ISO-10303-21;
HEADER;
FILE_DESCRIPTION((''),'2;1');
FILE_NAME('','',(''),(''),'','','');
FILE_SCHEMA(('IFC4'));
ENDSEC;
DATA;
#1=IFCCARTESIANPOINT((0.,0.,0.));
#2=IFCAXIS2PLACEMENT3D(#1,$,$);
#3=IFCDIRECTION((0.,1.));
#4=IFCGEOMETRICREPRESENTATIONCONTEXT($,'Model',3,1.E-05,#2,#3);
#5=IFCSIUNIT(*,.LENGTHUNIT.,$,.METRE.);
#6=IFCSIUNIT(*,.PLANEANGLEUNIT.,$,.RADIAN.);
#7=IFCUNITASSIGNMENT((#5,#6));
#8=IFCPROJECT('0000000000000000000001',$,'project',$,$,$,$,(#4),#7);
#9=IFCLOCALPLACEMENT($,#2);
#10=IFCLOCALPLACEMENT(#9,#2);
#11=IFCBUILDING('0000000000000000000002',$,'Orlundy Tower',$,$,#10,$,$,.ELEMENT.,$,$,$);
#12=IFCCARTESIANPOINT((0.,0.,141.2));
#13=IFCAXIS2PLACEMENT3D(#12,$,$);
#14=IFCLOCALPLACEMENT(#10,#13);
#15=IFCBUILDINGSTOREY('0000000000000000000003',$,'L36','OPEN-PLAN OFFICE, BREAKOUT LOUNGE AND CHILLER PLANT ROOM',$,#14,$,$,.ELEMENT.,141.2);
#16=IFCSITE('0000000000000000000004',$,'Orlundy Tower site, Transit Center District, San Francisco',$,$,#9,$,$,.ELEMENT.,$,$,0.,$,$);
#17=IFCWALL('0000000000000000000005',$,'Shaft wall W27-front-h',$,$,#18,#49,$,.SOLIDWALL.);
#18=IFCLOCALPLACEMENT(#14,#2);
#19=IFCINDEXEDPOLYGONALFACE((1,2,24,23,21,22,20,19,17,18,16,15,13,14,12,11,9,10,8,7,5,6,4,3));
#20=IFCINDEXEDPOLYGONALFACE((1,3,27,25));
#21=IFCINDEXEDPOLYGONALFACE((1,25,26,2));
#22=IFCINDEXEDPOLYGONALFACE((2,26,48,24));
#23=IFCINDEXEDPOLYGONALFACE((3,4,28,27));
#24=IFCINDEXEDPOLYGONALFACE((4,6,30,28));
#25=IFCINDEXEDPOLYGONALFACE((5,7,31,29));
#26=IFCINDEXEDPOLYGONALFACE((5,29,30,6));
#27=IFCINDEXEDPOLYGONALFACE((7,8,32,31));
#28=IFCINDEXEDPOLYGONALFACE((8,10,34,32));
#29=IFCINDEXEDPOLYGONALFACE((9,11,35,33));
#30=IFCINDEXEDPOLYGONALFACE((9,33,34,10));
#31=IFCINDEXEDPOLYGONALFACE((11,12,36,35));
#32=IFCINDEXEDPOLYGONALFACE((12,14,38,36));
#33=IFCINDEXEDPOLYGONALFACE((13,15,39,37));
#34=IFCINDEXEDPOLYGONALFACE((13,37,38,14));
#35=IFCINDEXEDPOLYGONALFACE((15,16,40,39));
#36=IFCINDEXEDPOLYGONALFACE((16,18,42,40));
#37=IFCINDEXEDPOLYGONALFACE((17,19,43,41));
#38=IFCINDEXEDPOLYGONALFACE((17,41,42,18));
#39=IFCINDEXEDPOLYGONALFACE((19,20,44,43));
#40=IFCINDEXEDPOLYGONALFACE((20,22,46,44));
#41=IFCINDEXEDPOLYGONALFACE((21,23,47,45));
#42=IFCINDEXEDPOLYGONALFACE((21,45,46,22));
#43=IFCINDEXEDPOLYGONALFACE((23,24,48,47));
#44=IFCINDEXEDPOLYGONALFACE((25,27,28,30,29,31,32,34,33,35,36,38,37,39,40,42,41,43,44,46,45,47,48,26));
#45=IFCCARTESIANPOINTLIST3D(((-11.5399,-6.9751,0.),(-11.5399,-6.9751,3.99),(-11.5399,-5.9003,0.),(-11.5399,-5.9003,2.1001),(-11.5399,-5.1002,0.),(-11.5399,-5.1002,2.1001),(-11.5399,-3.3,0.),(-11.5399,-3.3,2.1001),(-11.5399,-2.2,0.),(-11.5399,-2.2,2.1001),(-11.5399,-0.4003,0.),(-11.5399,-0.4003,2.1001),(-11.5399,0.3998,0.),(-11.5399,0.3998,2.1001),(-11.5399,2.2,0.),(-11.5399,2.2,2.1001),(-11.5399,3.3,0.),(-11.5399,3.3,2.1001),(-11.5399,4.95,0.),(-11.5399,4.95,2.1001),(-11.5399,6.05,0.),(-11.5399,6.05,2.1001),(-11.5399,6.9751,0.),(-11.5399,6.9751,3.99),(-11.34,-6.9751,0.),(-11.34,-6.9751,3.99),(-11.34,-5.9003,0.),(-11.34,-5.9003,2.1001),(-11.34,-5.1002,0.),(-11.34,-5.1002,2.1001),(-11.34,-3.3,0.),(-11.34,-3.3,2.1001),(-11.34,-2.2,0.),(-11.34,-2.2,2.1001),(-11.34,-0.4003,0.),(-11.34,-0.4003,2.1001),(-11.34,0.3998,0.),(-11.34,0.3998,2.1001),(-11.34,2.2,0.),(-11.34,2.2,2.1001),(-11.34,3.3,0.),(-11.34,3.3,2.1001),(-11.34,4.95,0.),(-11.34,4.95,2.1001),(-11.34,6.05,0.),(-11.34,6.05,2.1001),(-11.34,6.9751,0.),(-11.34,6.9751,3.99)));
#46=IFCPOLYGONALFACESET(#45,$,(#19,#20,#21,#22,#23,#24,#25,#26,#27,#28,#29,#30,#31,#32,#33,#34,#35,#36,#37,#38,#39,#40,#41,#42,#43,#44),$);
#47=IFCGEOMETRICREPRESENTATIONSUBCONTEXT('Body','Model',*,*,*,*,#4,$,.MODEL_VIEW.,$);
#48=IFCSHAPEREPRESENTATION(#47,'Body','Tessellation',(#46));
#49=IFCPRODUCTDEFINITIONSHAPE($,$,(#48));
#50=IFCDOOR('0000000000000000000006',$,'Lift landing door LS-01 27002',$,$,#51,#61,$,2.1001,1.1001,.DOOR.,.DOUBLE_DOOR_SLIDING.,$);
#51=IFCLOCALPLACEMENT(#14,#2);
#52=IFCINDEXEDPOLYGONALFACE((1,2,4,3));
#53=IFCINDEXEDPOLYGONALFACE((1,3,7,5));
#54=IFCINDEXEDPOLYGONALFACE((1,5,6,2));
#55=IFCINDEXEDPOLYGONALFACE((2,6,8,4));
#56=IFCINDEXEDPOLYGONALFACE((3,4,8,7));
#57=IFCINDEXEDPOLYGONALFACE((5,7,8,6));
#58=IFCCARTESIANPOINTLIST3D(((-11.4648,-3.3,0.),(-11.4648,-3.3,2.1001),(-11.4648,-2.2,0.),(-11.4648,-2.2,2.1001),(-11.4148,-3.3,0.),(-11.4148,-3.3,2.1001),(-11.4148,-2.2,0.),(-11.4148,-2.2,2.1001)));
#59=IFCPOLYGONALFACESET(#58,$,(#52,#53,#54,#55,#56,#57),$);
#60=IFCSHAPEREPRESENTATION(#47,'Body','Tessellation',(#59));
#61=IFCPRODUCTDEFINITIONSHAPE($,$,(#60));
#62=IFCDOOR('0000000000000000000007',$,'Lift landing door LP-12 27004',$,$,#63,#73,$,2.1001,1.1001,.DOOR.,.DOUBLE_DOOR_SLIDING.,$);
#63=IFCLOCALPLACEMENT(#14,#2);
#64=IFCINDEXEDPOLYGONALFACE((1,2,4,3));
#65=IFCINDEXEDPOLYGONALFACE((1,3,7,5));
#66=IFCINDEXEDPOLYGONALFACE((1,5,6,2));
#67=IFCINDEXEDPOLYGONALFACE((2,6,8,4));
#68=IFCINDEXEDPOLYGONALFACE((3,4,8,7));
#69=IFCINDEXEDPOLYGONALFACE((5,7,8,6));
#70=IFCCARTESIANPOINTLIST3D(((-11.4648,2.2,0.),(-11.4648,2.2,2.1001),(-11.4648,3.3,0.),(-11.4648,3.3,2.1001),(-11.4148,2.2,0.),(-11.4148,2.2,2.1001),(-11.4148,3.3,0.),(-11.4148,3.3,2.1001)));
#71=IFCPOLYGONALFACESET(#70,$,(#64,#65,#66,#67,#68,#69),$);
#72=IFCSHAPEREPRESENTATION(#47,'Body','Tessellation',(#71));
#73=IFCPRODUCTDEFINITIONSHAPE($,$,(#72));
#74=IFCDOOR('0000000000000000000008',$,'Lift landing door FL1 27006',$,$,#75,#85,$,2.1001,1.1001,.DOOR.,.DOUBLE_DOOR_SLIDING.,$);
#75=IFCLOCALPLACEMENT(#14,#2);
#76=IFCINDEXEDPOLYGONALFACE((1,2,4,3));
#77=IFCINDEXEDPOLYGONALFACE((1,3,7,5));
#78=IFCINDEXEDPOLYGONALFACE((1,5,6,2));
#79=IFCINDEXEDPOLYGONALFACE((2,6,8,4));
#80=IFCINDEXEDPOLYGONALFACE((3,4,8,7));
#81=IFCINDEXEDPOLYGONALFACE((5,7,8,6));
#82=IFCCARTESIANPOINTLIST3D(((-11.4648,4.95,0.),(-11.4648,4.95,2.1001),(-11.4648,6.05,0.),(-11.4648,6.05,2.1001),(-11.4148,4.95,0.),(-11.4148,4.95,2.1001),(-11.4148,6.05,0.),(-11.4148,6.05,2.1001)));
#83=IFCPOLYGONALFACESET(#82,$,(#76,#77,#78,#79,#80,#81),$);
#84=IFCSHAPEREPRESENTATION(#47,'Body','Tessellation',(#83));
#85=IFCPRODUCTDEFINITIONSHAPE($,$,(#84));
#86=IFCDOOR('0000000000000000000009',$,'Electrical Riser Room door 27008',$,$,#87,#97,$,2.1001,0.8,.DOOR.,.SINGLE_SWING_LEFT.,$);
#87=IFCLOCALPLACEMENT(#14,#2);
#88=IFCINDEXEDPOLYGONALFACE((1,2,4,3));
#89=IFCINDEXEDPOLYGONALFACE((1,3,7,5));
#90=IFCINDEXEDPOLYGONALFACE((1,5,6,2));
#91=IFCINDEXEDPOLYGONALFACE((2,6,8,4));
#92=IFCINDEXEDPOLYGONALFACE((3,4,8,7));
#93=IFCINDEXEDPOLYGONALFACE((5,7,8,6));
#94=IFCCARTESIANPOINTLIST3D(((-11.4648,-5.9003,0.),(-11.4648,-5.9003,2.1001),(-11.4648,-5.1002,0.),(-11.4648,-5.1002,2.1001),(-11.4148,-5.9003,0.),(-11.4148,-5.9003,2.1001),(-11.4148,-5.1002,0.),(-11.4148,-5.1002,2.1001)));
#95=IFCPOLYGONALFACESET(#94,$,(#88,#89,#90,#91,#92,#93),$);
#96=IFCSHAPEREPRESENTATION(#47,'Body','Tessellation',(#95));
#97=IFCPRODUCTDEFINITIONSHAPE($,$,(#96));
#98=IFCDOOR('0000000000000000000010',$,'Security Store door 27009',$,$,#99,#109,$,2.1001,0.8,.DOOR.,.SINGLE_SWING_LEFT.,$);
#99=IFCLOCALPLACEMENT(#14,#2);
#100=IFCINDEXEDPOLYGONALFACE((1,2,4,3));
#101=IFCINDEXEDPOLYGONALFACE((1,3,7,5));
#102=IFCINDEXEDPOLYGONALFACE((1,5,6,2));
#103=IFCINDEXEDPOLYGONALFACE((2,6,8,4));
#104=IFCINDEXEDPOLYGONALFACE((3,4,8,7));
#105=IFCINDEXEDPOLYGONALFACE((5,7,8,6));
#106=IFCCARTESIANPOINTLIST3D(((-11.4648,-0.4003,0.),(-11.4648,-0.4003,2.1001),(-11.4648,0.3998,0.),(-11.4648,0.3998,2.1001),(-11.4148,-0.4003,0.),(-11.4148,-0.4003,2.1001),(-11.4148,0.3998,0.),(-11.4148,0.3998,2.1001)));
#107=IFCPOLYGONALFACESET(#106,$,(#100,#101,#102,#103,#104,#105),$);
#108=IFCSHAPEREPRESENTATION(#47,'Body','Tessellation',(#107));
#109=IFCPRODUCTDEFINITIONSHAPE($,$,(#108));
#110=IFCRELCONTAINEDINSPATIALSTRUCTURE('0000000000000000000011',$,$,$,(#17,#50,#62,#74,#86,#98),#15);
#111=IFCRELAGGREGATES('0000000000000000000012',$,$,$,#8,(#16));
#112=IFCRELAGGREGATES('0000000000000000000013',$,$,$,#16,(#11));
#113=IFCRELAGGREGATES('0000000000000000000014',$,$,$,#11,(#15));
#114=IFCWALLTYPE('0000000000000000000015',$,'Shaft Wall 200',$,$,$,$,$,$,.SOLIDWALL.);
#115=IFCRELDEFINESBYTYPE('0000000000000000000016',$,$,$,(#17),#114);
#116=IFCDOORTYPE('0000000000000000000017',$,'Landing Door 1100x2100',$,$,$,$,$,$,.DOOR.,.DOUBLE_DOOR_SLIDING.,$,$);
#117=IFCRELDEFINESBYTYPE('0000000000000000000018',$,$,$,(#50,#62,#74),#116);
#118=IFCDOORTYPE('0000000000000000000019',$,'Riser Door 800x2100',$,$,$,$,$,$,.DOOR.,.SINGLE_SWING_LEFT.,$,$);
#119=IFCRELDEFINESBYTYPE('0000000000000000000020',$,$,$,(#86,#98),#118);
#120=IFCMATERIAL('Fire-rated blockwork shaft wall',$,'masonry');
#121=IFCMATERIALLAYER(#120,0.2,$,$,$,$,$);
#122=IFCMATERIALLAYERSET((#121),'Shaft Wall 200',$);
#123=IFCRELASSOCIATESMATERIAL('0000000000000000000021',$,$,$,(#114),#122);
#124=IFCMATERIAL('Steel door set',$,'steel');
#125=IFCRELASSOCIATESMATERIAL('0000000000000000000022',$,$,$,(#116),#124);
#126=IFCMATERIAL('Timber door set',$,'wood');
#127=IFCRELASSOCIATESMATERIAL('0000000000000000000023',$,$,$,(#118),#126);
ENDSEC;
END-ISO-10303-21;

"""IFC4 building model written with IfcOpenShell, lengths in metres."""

from ifc_helpers import new_model, si_unit, direction, frame, frame_2d, origin, place, context, subcontext, project, spatial, rectangle, extrude, material, layer, layer_set, type_object, element, fill, save


model = new_model("IFC4")

# Units and contexts
model_context = context("Model", 3, precision=1e-05, world=origin(), true_north=direction((0.0, 1.0)))
body_context = subcontext(model_context, "Body", "Model", "MODEL_VIEW")
ifc_project = project(units=[si_unit("LENGTHUNIT", "METRE"), si_unit("PLANEANGLEUNIT", "RADIAN")], contexts=[model_context])

# Site, building, storey
site_placement = place(None, origin())
site = spatial("IfcSite", under=ifc_project, at=site_placement, Name="Orlundy Tower site, Transit Center District, San Francisco", CompositionType="ELEMENT", RefElevation=0.0)
building_placement = place(site_placement, origin())
building = spatial("IfcBuilding", under=site, at=building_placement, Name="Orlundy Tower", CompositionType="ELEMENT")
storey_placement = place(building_placement, frame((0.0, 0.0, 141.2)))
storey = spatial("IfcBuildingStorey", under=building, at=storey_placement, Name="L36", Description="OPEN-PLAN OFFICE, BREAKOUT LOUNGE AND CHILLER PLANT ROOM", CompositionType="ELEMENT", Elevation=141.2)

# Shared definitions
ifc_material_1 = material(Name="Fire-rated blockwork shaft wall", Category="masonry")
ifc_layer_1 = layer(ifc_material_1, 0.2)
ifc_layer_set_1 = layer_set([ifc_layer_1], Name="Shaft Wall 200")
wall_type_1 = type_object("IfcWallType", Name="Shaft Wall 200", PredefinedType="SOLIDWALL", material=ifc_layer_set_1)

# Wall, openings, doors
wall_1_placement = place(storey_placement, frame((-11.4399, -6.9751, 0.0), z_axis=(0.0, 0.0, 1.0), x_axis=(0.0, 1.0, 0.0)))
wall_1 = element("IfcWall", 1, at=wall_1_placement, inside=storey, type_object=wall_type_1, Name="Shaft wall W27-front-h", PredefinedType="SOLIDWALL", context=body_context, shape_type="SweptSolid", body=[
    extrude(rectangle(XDim=13.9502, YDim=0.2, at=frame_2d((6.9751, 0.0))), origin(), (0.0, 0.0, 1.0), 3.99),
])
opening_1_placement = place(wall_1_placement, frame((3.675, 0.0, 0.0)))
opening_1 = element("IfcOpeningElement", 2, at=opening_1_placement, cuts=wall_1, PredefinedType="OPENING", context=body_context, shape_type="SweptSolid", body=[
    extrude(rectangle(XDim=1.1001, YDim=2.1001, at=frame_2d((0.55, 1.05))), frame((0.0, 0.1101, 0.0), z_axis=(0.0, -1.0, 0.0), x_axis=(1.0, 0.0, 0.0)), (0.0, 0.0, 1.0), 0.2202),
])
opening_2_placement = place(wall_1_placement, frame((9.175, 0.0, 0.0)))
opening_2 = element("IfcOpeningElement", 3, at=opening_2_placement, cuts=wall_1, PredefinedType="OPENING", context=body_context, shape_type="SweptSolid", body=[
    extrude(rectangle(XDim=1.1001, YDim=2.1001, at=frame_2d((0.55, 1.05))), frame((0.0, 0.1101, 0.0), z_axis=(0.0, -1.0, 0.0), x_axis=(1.0, 0.0, 0.0)), (0.0, 0.0, 1.0), 0.2202),
])
opening_3_placement = place(wall_1_placement, frame((11.925, 0.0, 0.0)))
opening_3 = element("IfcOpeningElement", 4, at=opening_3_placement, cuts=wall_1, PredefinedType="OPENING", context=body_context, shape_type="SweptSolid", body=[
    extrude(rectangle(XDim=1.1001, YDim=2.1001, at=frame_2d((0.55, 1.05))), frame((0.0, 0.1101, 0.0), z_axis=(0.0, -1.0, 0.0), x_axis=(1.0, 0.0, 0.0)), (0.0, 0.0, 1.0), 0.2202),
])
opening_4_placement = place(wall_1_placement, frame((1.075, 0.0, 0.0)))
opening_4 = element("IfcOpeningElement", 5, at=opening_4_placement, cuts=wall_1, PredefinedType="OPENING", context=body_context, shape_type="SweptSolid", body=[
    extrude(rectangle(XDim=0.8, YDim=2.1001, at=frame_2d((0.3999, 1.05))), frame((0.0, 0.1101, 0.0), z_axis=(0.0, -1.0, 0.0), x_axis=(1.0, 0.0, 0.0)), (0.0, 0.0, 1.0), 0.2202),
])
opening_5_placement = place(wall_1_placement, frame((6.575, 0.0, 0.0)))
opening_5 = element("IfcOpeningElement", 6, at=opening_5_placement, cuts=wall_1, PredefinedType="OPENING", context=body_context, shape_type="SweptSolid", body=[
    extrude(rectangle(XDim=0.8, YDim=2.1001, at=frame_2d((0.3999, 1.05))), frame((0.0, 0.1101, 0.0), z_axis=(0.0, -1.0, 0.0), x_axis=(1.0, 0.0, 0.0)), (0.0, 0.0, 1.0), 0.2202),
])
ifc_material_2 = material(Name="Steel door set", Category="steel")
door_type_1 = type_object("IfcDoorType", Name="Landing Door 1100x2100", OperationType="DOUBLE_DOOR_SLIDING", PredefinedType="DOOR", material=ifc_material_2)
door_1_placement = place(opening_1_placement, origin())
door_1 = element("IfcDoor", 7, at=door_1_placement, inside=storey, type_object=door_type_1, Name="Lift landing door LS-01 27002", OperationType="DOUBLE_DOOR_SLIDING", OverallHeight=2.1001, OverallWidth=1.1001, PredefinedType="DOOR", context=body_context, shape_type="SweptSolid", body=[
    extrude(rectangle(XDim=1.1001, YDim=2.1001, at=frame_2d((0.55, 1.05))), frame((0.0, 0.0249, 0.0), z_axis=(0.0, -1.0, 0.0), x_axis=(1.0, 0.0, 0.0)), (0.0, 0.0, 1.0), 0.05),
])
fill(opening_1, door_1)
door_2_placement = place(opening_2_placement, origin())
door_2 = element("IfcDoor", 8, at=door_2_placement, inside=storey, type_object=door_type_1, Name="Lift landing door LP-12 27004", OperationType="DOUBLE_DOOR_SLIDING", OverallHeight=2.1001, OverallWidth=1.1001, PredefinedType="DOOR", context=body_context, shape_type="SweptSolid", body=[
    extrude(rectangle(XDim=1.1001, YDim=2.1001, at=frame_2d((0.55, 1.05))), frame((0.0, 0.0249, 0.0), z_axis=(0.0, -1.0, 0.0), x_axis=(1.0, 0.0, 0.0)), (0.0, 0.0, 1.0), 0.05),
])
fill(opening_2, door_2)
door_3_placement = place(opening_3_placement, origin())
door_3 = element("IfcDoor", 9, at=door_3_placement, inside=storey, type_object=door_type_1, Name="Lift landing door FL1 27006", OperationType="DOUBLE_DOOR_SLIDING", OverallHeight=2.1001, OverallWidth=1.1001, PredefinedType="DOOR", context=body_context, shape_type="SweptSolid", body=[
    extrude(rectangle(XDim=1.1001, YDim=2.1001, at=frame_2d((0.55, 1.05))), frame((0.0, 0.0249, 0.0), z_axis=(0.0, -1.0, 0.0), x_axis=(1.0, 0.0, 0.0)), (0.0, 0.0, 1.0), 0.05),
])
fill(opening_3, door_3)
ifc_material_3 = material(Name="Timber door set", Category="wood")
door_type_2 = type_object("IfcDoorType", Name="Riser Door 800x2100", OperationType="SINGLE_SWING_LEFT", PredefinedType="DOOR", material=ifc_material_3)
door_4_placement = place(opening_4_placement, origin())
door_4 = element("IfcDoor", 10, at=door_4_placement, inside=storey, type_object=door_type_2, Name="Electrical Riser Room door 27008", OperationType="SINGLE_SWING_LEFT", OverallHeight=2.1001, OverallWidth=0.8, PredefinedType="DOOR", context=body_context, shape_type="SweptSolid", body=[
    extrude(rectangle(XDim=0.8, YDim=2.1001, at=frame_2d((0.3999, 1.05))), frame((0.0, 0.0249, 0.0), z_axis=(0.0, -1.0, 0.0), x_axis=(1.0, 0.0, 0.0)), (0.0, 0.0, 1.0), 0.05),
])
fill(opening_4, door_4)
door_5_placement = place(opening_5_placement, origin())
door_5 = element("IfcDoor", 11, at=door_5_placement, inside=storey, type_object=door_type_2, Name="Security Store door 27009", OperationType="SINGLE_SWING_LEFT", OverallHeight=2.1001, OverallWidth=0.8, PredefinedType="DOOR", context=body_context, shape_type="SweptSolid", body=[
    extrude(rectangle(XDim=0.8, YDim=2.1001, at=frame_2d((0.3999, 1.05))), frame((0.0, 0.0249, 0.0), z_axis=(0.0, -1.0, 0.0), x_axis=(1.0, 0.0, 0.0)), (0.0, 0.0, 1.0), 0.05),
])
fill(opening_5, door_5)

save(model, "model.ifc")
